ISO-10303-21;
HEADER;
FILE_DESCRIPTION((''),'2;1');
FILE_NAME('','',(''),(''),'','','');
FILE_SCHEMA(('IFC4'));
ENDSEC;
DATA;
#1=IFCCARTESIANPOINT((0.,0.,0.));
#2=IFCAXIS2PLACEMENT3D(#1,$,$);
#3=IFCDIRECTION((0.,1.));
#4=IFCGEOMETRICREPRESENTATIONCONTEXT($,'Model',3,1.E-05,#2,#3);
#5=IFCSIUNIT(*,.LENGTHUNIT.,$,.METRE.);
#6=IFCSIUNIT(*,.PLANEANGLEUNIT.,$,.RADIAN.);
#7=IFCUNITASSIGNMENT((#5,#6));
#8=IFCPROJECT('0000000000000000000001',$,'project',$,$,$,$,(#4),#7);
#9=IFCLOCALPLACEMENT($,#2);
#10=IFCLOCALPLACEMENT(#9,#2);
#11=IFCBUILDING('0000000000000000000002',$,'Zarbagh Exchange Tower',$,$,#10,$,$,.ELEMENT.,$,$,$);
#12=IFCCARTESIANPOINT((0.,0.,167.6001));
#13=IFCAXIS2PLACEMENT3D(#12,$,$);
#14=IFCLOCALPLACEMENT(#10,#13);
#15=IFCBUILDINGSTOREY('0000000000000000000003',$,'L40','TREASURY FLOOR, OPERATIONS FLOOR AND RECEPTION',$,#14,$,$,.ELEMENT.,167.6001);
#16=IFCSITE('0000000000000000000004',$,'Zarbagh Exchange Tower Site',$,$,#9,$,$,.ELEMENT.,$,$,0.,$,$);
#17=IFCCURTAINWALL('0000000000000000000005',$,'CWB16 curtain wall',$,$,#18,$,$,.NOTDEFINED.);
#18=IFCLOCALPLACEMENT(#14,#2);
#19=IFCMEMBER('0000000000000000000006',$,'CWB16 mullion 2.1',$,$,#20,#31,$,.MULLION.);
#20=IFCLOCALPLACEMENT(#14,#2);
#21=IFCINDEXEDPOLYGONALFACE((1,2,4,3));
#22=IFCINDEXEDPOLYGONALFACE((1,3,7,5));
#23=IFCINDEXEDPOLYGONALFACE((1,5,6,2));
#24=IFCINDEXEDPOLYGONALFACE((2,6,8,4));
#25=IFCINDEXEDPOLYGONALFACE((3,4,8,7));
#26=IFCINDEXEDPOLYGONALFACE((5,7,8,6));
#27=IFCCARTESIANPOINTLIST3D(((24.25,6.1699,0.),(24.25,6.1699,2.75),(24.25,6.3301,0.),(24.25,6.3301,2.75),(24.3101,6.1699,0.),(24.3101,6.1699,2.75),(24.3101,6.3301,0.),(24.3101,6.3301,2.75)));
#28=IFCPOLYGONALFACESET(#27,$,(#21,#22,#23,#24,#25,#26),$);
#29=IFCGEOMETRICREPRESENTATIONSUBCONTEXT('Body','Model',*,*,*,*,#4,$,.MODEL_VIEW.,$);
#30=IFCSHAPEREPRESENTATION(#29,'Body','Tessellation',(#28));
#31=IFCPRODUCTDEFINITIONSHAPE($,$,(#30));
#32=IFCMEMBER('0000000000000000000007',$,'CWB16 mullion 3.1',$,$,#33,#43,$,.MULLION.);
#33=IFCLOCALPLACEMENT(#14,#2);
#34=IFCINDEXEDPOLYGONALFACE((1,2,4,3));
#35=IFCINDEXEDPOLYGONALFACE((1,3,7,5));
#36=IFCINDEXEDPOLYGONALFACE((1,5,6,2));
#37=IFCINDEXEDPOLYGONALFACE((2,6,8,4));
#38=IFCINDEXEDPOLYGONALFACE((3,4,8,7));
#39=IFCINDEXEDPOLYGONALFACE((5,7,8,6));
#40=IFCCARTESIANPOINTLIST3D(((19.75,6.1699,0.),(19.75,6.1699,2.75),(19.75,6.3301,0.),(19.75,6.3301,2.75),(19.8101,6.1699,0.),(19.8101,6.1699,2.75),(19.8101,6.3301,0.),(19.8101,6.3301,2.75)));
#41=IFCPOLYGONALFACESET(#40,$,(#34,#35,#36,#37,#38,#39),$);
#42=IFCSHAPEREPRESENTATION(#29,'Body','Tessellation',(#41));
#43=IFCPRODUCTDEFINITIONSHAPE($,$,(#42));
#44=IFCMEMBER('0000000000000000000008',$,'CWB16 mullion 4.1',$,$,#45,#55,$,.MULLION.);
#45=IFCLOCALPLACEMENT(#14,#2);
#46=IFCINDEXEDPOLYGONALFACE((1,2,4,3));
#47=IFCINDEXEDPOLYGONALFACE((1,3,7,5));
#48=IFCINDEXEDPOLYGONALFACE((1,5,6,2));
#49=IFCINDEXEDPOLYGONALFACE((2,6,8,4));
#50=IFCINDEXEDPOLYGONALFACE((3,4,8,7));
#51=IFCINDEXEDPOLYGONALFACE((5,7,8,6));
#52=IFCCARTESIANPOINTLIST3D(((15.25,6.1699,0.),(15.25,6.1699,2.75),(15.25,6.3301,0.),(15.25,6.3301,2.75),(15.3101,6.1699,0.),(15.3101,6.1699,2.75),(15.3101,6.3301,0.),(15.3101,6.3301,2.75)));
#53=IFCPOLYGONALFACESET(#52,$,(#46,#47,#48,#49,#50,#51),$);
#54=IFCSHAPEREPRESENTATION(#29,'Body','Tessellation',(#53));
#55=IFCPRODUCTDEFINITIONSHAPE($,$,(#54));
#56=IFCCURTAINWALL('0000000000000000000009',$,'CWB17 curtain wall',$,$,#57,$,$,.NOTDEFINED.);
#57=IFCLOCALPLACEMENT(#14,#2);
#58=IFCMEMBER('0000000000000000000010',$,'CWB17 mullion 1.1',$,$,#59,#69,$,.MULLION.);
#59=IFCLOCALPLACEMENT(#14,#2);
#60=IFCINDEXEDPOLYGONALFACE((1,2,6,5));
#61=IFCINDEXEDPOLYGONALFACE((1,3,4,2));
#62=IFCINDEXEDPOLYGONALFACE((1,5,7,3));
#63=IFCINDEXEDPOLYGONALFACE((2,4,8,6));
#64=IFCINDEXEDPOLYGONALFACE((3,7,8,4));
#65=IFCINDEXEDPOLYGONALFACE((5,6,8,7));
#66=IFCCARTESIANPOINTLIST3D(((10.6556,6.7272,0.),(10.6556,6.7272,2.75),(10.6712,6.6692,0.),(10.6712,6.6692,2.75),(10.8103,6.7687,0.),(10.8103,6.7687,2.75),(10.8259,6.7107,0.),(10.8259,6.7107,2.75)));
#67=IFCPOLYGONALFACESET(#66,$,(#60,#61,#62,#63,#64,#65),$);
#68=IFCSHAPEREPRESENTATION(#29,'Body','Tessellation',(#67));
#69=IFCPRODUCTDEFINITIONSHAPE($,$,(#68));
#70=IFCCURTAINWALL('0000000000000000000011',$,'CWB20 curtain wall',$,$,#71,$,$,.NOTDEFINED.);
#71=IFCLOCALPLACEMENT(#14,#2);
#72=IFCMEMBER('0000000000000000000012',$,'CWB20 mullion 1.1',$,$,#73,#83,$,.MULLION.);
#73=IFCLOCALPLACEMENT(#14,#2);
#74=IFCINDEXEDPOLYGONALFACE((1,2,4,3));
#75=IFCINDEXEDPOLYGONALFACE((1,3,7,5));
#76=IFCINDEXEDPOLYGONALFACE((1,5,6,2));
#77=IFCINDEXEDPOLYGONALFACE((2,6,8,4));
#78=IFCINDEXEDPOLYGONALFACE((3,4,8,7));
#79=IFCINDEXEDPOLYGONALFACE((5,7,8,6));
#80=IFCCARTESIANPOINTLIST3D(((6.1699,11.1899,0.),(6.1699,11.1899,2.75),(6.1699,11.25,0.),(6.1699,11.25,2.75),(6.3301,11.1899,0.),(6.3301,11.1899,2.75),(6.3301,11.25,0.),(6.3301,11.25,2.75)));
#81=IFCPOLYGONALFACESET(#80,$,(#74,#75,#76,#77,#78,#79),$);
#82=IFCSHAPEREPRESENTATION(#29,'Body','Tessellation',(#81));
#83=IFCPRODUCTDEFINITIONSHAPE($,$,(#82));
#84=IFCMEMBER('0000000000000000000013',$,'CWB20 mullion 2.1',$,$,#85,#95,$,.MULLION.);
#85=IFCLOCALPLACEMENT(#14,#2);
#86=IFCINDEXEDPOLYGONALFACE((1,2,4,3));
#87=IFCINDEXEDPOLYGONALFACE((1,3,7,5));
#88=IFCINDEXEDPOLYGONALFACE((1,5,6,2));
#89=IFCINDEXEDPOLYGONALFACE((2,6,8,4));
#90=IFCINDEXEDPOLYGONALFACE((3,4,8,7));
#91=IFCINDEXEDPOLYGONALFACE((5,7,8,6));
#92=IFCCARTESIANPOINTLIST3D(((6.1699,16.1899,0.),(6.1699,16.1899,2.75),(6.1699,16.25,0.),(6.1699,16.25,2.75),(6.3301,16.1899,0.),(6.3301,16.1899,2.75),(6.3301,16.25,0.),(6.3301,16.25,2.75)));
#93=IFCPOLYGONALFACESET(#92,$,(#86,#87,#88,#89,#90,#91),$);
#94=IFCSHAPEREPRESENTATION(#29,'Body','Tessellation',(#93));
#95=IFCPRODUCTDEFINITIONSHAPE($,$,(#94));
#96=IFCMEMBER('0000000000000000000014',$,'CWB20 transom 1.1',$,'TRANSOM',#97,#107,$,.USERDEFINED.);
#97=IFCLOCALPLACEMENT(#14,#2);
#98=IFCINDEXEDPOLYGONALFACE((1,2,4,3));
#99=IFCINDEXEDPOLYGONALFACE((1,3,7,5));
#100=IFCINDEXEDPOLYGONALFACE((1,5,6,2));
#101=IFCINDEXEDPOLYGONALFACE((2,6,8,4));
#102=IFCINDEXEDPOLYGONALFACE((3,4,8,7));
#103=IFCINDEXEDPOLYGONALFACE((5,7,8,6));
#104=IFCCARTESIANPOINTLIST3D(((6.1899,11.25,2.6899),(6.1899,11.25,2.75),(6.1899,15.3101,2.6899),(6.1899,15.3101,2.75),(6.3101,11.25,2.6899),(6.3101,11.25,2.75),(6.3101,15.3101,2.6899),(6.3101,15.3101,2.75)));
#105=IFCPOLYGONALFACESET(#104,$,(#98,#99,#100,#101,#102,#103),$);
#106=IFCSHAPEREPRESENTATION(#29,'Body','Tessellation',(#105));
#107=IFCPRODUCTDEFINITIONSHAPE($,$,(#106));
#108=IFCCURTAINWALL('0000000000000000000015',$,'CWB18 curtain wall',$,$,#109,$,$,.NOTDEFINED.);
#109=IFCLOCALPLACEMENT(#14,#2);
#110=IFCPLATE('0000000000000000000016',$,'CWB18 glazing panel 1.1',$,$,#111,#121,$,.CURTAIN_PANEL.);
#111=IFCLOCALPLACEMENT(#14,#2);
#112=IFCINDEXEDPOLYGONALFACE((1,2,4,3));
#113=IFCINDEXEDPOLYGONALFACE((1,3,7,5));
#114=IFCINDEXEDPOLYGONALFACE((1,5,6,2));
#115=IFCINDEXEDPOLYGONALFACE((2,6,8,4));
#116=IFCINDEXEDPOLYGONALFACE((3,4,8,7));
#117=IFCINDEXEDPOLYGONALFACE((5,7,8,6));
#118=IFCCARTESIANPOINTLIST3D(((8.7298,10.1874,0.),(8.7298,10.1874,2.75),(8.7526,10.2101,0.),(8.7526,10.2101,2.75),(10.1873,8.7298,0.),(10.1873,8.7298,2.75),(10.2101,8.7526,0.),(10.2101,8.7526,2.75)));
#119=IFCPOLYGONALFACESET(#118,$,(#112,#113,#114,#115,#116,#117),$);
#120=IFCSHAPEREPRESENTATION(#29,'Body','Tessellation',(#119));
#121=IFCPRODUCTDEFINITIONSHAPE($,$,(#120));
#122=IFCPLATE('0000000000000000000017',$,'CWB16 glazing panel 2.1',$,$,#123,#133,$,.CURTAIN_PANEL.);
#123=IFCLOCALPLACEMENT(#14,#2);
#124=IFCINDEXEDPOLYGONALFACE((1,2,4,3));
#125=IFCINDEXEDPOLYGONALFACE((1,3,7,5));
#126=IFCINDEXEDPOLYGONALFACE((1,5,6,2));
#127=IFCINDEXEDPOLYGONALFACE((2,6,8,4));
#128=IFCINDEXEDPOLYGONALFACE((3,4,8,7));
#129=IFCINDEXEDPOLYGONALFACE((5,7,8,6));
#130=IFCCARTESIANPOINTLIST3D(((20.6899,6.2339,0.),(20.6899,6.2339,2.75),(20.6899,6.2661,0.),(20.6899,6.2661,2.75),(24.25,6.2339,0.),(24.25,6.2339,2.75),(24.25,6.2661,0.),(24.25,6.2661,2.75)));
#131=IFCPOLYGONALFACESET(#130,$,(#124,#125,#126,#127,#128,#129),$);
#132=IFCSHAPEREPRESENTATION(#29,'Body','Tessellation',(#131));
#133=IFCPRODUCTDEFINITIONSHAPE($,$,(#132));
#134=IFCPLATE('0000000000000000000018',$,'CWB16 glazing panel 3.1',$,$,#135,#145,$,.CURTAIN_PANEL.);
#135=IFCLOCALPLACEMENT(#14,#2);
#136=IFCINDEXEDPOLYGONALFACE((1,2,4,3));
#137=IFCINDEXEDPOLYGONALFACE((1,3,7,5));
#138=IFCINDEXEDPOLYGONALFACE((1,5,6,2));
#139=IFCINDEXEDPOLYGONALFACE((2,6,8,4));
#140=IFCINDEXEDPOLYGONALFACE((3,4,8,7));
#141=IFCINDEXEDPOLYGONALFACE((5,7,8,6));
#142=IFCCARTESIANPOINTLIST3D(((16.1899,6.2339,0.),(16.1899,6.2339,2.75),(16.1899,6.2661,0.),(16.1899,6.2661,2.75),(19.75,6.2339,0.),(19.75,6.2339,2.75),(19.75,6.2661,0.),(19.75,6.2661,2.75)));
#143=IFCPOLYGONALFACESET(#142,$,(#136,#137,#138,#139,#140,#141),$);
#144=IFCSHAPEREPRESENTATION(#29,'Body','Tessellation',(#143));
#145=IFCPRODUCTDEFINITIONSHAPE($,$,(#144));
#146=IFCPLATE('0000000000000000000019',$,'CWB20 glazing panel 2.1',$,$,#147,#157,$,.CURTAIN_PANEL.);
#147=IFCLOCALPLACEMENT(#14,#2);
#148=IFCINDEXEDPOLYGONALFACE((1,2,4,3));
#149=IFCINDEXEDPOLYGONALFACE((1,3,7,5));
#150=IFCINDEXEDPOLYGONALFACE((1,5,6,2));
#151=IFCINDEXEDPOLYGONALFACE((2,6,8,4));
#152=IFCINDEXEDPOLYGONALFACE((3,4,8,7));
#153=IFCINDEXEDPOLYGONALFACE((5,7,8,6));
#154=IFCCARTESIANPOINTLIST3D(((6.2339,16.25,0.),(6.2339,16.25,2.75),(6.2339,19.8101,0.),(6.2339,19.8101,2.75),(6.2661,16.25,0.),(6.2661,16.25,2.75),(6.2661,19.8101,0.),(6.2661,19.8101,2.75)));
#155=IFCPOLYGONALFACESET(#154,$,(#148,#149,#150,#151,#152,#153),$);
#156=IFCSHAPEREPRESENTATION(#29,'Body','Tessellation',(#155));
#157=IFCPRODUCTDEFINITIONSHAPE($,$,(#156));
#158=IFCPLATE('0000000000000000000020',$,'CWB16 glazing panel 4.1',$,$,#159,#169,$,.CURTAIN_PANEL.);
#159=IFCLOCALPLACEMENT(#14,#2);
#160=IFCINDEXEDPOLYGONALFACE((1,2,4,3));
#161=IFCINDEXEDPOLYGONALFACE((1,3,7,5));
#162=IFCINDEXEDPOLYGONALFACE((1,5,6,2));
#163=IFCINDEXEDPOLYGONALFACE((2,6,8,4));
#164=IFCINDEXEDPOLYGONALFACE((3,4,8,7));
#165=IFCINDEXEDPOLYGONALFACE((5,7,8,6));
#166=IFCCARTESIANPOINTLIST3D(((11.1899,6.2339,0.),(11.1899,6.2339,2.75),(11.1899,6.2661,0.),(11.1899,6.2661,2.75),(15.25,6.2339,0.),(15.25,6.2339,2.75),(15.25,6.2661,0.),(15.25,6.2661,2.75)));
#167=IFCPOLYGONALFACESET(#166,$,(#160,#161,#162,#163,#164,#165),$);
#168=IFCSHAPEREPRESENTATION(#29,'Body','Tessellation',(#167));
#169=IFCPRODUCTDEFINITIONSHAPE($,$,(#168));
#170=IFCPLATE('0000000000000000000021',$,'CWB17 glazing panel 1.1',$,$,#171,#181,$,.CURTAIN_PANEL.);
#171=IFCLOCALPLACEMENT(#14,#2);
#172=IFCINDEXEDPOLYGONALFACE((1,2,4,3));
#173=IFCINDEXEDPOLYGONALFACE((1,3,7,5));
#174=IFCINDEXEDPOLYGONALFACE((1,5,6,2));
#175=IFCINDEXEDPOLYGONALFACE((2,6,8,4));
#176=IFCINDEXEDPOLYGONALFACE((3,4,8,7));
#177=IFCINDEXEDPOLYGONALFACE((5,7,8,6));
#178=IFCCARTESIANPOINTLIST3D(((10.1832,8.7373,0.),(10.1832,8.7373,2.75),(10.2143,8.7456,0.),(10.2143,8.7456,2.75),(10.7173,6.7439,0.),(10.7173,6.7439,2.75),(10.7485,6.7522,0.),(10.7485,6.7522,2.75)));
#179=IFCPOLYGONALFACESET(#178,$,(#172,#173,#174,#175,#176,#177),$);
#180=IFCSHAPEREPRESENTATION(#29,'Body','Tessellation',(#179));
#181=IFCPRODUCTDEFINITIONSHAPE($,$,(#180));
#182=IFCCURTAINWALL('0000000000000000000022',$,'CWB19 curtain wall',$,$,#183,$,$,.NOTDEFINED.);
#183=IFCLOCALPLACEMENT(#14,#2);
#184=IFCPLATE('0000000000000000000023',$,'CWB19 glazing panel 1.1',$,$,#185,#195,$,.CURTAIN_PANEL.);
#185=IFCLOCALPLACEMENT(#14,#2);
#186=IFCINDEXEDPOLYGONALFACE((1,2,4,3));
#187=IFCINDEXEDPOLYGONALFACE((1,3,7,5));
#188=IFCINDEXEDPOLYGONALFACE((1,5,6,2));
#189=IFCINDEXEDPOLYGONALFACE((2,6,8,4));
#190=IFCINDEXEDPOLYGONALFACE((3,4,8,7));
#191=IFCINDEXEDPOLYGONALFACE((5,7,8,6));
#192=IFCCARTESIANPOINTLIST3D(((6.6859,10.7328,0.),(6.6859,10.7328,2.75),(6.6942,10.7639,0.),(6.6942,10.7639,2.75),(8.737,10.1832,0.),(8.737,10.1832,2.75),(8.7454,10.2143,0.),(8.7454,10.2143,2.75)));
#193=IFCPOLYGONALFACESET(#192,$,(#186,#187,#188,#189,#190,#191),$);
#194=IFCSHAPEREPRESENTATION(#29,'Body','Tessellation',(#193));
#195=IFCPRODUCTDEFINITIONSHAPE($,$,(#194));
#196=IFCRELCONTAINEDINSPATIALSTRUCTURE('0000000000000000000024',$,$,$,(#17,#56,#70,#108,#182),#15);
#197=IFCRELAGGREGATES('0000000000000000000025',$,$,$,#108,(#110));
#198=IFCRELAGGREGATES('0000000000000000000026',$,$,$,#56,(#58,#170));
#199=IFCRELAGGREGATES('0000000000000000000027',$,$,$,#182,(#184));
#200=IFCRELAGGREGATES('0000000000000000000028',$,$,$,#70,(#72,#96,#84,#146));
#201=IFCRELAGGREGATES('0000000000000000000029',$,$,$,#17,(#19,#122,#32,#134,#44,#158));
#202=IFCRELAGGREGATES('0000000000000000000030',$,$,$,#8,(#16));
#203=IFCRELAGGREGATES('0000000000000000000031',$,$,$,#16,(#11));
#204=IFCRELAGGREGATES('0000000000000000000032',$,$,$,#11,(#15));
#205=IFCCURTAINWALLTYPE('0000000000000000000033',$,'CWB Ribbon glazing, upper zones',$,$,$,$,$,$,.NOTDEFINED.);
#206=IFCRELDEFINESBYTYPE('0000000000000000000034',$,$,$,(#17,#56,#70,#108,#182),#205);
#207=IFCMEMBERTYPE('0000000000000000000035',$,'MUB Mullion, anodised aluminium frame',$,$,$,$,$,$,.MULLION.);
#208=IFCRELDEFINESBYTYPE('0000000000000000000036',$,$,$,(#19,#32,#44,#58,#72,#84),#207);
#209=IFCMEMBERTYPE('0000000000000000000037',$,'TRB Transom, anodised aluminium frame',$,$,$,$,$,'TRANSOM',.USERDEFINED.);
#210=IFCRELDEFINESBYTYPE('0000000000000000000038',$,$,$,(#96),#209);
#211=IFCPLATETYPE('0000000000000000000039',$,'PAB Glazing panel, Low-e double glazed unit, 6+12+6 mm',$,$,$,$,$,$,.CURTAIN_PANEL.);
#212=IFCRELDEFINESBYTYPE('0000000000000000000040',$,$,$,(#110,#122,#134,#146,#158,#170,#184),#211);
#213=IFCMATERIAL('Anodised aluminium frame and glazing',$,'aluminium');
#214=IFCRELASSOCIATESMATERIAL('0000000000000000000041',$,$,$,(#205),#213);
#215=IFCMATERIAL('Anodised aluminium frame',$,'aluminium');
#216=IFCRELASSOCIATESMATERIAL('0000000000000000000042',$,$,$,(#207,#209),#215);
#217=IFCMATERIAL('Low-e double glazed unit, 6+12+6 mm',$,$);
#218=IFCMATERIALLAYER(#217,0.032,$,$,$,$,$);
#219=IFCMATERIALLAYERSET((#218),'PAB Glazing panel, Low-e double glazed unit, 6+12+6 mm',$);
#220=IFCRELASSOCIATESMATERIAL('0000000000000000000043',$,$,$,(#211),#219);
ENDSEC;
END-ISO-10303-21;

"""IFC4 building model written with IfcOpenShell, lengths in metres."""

from ifc_helpers import new_model, si_unit, direction, frame, origin, place, context, subcontext, project, spatial, polyline, outline, extrude, source, transform, mapped, material, layer, layer_set, type_object, element, aggregate, save


model = new_model("IFC4")

# Units and contexts
model_context = context("Model", 3, precision=1e-05, world=origin(), true_north=direction((0.0, 1.0)))
body_context = subcontext(model_context, "Body", "Model", "MODEL_VIEW")
ifc_project = project(units=[si_unit("LENGTHUNIT", "METRE"), si_unit("PLANEANGLEUNIT", "RADIAN")], contexts=[model_context])

# Site, building, storey
site_placement = place(None, origin())
site = spatial("IfcSite", under=ifc_project, at=site_placement, Name="Zarbagh Exchange Tower Site", CompositionType="ELEMENT", RefElevation=0.0)
building_placement = place(site_placement, origin())
building = spatial("IfcBuilding", under=site, at=building_placement, Name="Zarbagh Exchange Tower", CompositionType="ELEMENT")
storey_placement = place(building_placement, frame((0.0, 0.0, 167.6001)))
storey = spatial("IfcBuildingStorey", under=building, at=storey_placement, Name="L40", Description="TREASURY FLOOR, OPERATIONS FLOOR AND RECEPTION", CompositionType="ELEMENT", Elevation=167.6001)

# Curtain wall, members
ifc_material_1 = material(Name="Anodised aluminium frame and glazing", Category="aluminium")
curtain_wall_type = type_object("IfcCurtainWallType", Name="CWB Ribbon glazing, upper zones", PredefinedType="NOTDEFINED", material=ifc_material_1)
curtain_wall_1_placement = place(storey_placement, origin())
curtain_wall_1 = element("IfcCurtainWall", 1, at=curtain_wall_1_placement, inside=storey, type_object=curtain_wall_type, Name="CWB16 curtain wall", PredefinedType="NOTDEFINED")
ifc_material_2 = material(Name="Anodised aluminium frame", Category="aluminium")
member_type_1 = type_object("IfcMemberType", Name="MUB Mullion, anodised aluminium frame", PredefinedType="MULLION", material=ifc_material_2)
shared_shape_1 = source(origin(), body_context, "Body", "SweptSolid", [
    extrude(outline(polyline([(0.0, -0.0801), (0.0601, -0.0801), (0.0601, 0.0801), (0.0, 0.0801), (0.0, -0.0801)])), origin(), (0.0, 0.0, 1.0), 2.75),
])
placement = place(storey_placement, origin())
member_1 = element("IfcMember", 2, at=placement, type_object=member_type_1, Name="CWB16 mullion 2.1", PredefinedType="MULLION", context=body_context, shape_type="MappedRepresentation", body=[
    mapped(shared_shape_1, transform((24.3101, 6.25, 0.0), x_axis=(-1.0, 0.0, 0.0), y_axis=(0.0, -1.0, 0.0), z_axis=(0.0, 0.0, 1.0))),
])
member_2 = element("IfcMember", 3, at=placement, type_object=member_type_1, Name="CWB16 mullion 3.1", PredefinedType="MULLION", context=body_context, shape_type="MappedRepresentation", body=[
    mapped(shared_shape_1, transform((19.8101, 6.25, 0.0), x_axis=(-1.0, 0.0, 0.0), y_axis=(0.0, -1.0, 0.0), z_axis=(0.0, 0.0, 1.0))),
])
member_3 = element("IfcMember", 4, at=placement, type_object=member_type_1, Name="CWB16 mullion 4.1", PredefinedType="MULLION", context=body_context, shape_type="MappedRepresentation", body=[
    mapped(shared_shape_1, transform((15.3101, 6.25, 0.0), x_axis=(-1.0, 0.0, 0.0), y_axis=(0.0, -1.0, 0.0), z_axis=(0.0, 0.0, 1.0))),
])

# Curtain wall, member
curtain_wall_2_placement = place(storey_placement, origin())
curtain_wall_2 = element("IfcCurtainWall", 5, at=curtain_wall_2_placement, inside=storey, type_object=curtain_wall_type, Name="CWB17 curtain wall", PredefinedType="NOTDEFINED")
member_4 = element("IfcMember", 6, at=placement, type_object=member_type_1, Name="CWB17 mullion 1.1", PredefinedType="MULLION", context=body_context, shape_type="MappedRepresentation", body=[
    mapped(shared_shape_1, transform((10.7485, 6.6899, 0.0), x_axis=(-0.258825, 0.965924, 0.0), y_axis=(-0.965924, -0.258825, 0.0), z_axis=(0.0, 0.0, 1.0))),
])

# Curtain wall, members
curtain_wall_3_placement = place(storey_placement, origin())
curtain_wall_3 = element("IfcCurtainWall", 7, at=curtain_wall_3_placement, inside=storey, type_object=curtain_wall_type, Name="CWB20 curtain wall", PredefinedType="NOTDEFINED")
member_5 = element("IfcMember", 8, at=placement, type_object=member_type_1, Name="CWB20 mullion 1.1", PredefinedType="MULLION", context=body_context, shape_type="MappedRepresentation", body=[
    mapped(shared_shape_1, transform((6.25, 11.1899, 0.0), x_axis=(0.0, 1.0, 0.0), y_axis=(-1.0, 0.0, 0.0), z_axis=(0.0, 0.0, 1.0))),
])
member_6 = element("IfcMember", 9, at=placement, type_object=member_type_1, Name="CWB20 mullion 2.1", PredefinedType="MULLION", context=body_context, shape_type="MappedRepresentation", body=[
    mapped(shared_shape_1, transform((6.25, 16.1899, 0.0), x_axis=(0.0, 1.0, 0.0), y_axis=(-1.0, 0.0, 0.0), z_axis=(0.0, 0.0, 1.0))),
])
member_type_2 = type_object("IfcMemberType", Name="TRB Transom, anodised aluminium frame", ElementType="TRANSOM", PredefinedType="USERDEFINED", material=ifc_material_2)
shared_shape_2 = source(origin(), body_context, "Body", "SweptSolid", [
    extrude(outline(polyline([(-0.0601, -0.0601), (0.0, -0.0601), (0.0, 0.0601), (-0.0601, 0.0601), (-0.0601, -0.0601)])), origin(), (0.0, 0.0, 1.0), 4.0601),
])
member_7 = element("IfcMember", 10, at=placement, type_object=member_type_2, Name="CWB20 transom 1.1", ObjectType="TRANSOM", PredefinedType="USERDEFINED", context=body_context, shape_type="MappedRepresentation", body=[
    mapped(shared_shape_2, transform((6.25, 11.25, 2.75), x_axis=(0.0, 0.0, 1.0), y_axis=(1.0, 0.0, 0.0), z_axis=(0.0, 1.0, 0.0))),
])

# Curtain wall, plate
curtain_wall_4_placement = place(storey_placement, origin())
curtain_wall_4 = element("IfcCurtainWall", 11, at=curtain_wall_4_placement, inside=storey, type_object=curtain_wall_type, Name="CWB18 curtain wall", PredefinedType="NOTDEFINED")
ifc_material_3 = material(Name="Low-e double glazed unit, 6+12+6 mm")
ifc_layer_1 = layer(ifc_material_3, 0.032)
ifc_layer_set_1 = layer_set([ifc_layer_1], Name="PAB Glazing panel, Low-e double glazed unit, 6+12+6 mm")
plate_type = type_object("IfcPlateType", Name="PAB Glazing panel, Low-e double glazed unit, 6+12+6 mm", PredefinedType="CURTAIN_PANEL", material=ifc_layer_set_1)
shared_shape_3 = source(origin(), body_context, "Body", "SweptSolid", [
    extrude(outline(polyline([(0.0, -0.0161), (2.0613, -0.0161), (2.0613, 0.0161), (0.0, 0.0161), (0.0, -0.0161)])), origin(), (0.0, 0.0, 1.0), 2.75),
])
plate_1 = element("IfcPlate", 12, at=placement, type_object=plate_type, Name="CWB18 glazing panel 1.1", PredefinedType="CURTAIN_PANEL", context=body_context, shape_type="MappedRepresentation", body=[
    mapped(shared_shape_3, transform((10.1987, 8.7412, 0.0), x_axis=(-0.707107, 0.707107, 0.0), y_axis=(-0.707107, -0.707107, 0.0), z_axis=(0.0, 0.0, 1.0))),
])
aggregate(curtain_wall_4, [plate_1])

# Plates
shared_shape_4 = source(origin(), body_context, "Body", "SweptSolid", [
    extrude(outline(polyline([(0.0, -0.0161), (3.5601, -0.0161), (3.5601, 0.0161), (0.0, 0.0161), (0.0, -0.0161)])), origin(), (0.0, 0.0, 1.0), 2.75),
])
plate_2 = element("IfcPlate", 13, at=placement, type_object=plate_type, Name="CWB16 glazing panel 2.1", PredefinedType="CURTAIN_PANEL", context=body_context, shape_type="MappedRepresentation", body=[
    mapped(shared_shape_4, transform((24.25, 6.25, 0.0), x_axis=(-1.0, 0.0, 0.0), y_axis=(0.0, -1.0, 0.0), z_axis=(0.0, 0.0, 1.0))),
])
plate_3 = element("IfcPlate", 14, at=placement, type_object=plate_type, Name="CWB16 glazing panel 3.1", PredefinedType="CURTAIN_PANEL", context=body_context, shape_type="MappedRepresentation", body=[
    mapped(shared_shape_4, transform((19.75, 6.25, 0.0), x_axis=(-1.0, 0.0, 0.0), y_axis=(0.0, -1.0, 0.0), z_axis=(0.0, 0.0, 1.0))),
])
plate_4 = element("IfcPlate", 15, at=placement, type_object=plate_type, Name="CWB20 glazing panel 2.1", PredefinedType="CURTAIN_PANEL", context=body_context, shape_type="MappedRepresentation", body=[
    mapped(shared_shape_4, transform((6.25, 16.25, 0.0), x_axis=(0.0, 1.0, 0.0), y_axis=(-1.0, 0.0, 0.0), z_axis=(0.0, 0.0, 1.0))),
])
shared_shape_5 = source(origin(), body_context, "Body", "SweptSolid", [
    extrude(outline(polyline([(0.0, -0.0161), (4.0601, -0.0161), (4.0601, 0.0161), (0.0, 0.0161), (0.0, -0.0161)])), origin(), (0.0, 0.0, 1.0), 2.75),
])
plate_5 = element("IfcPlate", 16, at=placement, type_object=plate_type, Name="CWB16 glazing panel 4.1", PredefinedType="CURTAIN_PANEL", context=body_context, shape_type="MappedRepresentation", body=[
    mapped(shared_shape_5, transform((15.25, 6.25, 0.0), x_axis=(-1.0, 0.0, 0.0), y_axis=(0.0, -1.0, 0.0), z_axis=(0.0, 0.0, 1.0))),
])
shared_shape_6 = source(origin(), body_context, "Body", "SweptSolid", [
    extrude(outline(polyline([(0.0, -0.0161), (2.0637, -0.0161), (2.0637, 0.0161), (0.0, 0.0161), (0.0, -0.0161)])), origin(), (0.0, 0.0, 1.0), 2.75),
])
plate_6 = element("IfcPlate", 17, at=placement, type_object=plate_type, Name="CWB17 glazing panel 1.1", PredefinedType="CURTAIN_PANEL", context=body_context, shape_type="MappedRepresentation", body=[
    mapped(shared_shape_6, transform((10.7329, 6.748, 0.0), x_axis=(-0.258825, 0.965924, 0.0), y_axis=(-0.965924, -0.258825, 0.0), z_axis=(0.0, 0.0, 1.0))),
])
aggregate(curtain_wall_2, [member_4, plate_6])

# Curtain wall, plate
curtain_wall_5_placement = place(storey_placement, origin())
curtain_wall_5 = element("IfcCurtainWall", 18, at=curtain_wall_5_placement, inside=storey, type_object=curtain_wall_type, Name="CWB19 curtain wall", PredefinedType="NOTDEFINED")
shared_shape_7 = source(origin(), body_context, "Body", "SweptSolid", [
    extrude(outline(polyline([(0.0, -0.0161), (2.1235, -0.0161), (2.1235, 0.0161), (0.0, 0.0161), (0.0, -0.0161)])), origin(), (0.0, 0.0, 1.0), 2.75),
])
plate_7 = element("IfcPlate", 19, at=placement, type_object=plate_type, Name="CWB19 glazing panel 1.1", PredefinedType="CURTAIN_PANEL", context=body_context, shape_type="MappedRepresentation", body=[
    mapped(shared_shape_7, transform((8.7412, 10.1987, 0.0), x_axis=(-0.965924, 0.258825, 0.0), y_axis=(-0.258825, -0.965924, 0.0), z_axis=(0.0, 0.0, 1.0))),
])
aggregate(curtain_wall_5, [plate_7])

aggregate(curtain_wall_3, [member_5, member_7, member_6, plate_4])
aggregate(curtain_wall_1, [member_1, plate_2, member_2, plate_3, member_3, plate_5])

save(model, "model.ifc")
